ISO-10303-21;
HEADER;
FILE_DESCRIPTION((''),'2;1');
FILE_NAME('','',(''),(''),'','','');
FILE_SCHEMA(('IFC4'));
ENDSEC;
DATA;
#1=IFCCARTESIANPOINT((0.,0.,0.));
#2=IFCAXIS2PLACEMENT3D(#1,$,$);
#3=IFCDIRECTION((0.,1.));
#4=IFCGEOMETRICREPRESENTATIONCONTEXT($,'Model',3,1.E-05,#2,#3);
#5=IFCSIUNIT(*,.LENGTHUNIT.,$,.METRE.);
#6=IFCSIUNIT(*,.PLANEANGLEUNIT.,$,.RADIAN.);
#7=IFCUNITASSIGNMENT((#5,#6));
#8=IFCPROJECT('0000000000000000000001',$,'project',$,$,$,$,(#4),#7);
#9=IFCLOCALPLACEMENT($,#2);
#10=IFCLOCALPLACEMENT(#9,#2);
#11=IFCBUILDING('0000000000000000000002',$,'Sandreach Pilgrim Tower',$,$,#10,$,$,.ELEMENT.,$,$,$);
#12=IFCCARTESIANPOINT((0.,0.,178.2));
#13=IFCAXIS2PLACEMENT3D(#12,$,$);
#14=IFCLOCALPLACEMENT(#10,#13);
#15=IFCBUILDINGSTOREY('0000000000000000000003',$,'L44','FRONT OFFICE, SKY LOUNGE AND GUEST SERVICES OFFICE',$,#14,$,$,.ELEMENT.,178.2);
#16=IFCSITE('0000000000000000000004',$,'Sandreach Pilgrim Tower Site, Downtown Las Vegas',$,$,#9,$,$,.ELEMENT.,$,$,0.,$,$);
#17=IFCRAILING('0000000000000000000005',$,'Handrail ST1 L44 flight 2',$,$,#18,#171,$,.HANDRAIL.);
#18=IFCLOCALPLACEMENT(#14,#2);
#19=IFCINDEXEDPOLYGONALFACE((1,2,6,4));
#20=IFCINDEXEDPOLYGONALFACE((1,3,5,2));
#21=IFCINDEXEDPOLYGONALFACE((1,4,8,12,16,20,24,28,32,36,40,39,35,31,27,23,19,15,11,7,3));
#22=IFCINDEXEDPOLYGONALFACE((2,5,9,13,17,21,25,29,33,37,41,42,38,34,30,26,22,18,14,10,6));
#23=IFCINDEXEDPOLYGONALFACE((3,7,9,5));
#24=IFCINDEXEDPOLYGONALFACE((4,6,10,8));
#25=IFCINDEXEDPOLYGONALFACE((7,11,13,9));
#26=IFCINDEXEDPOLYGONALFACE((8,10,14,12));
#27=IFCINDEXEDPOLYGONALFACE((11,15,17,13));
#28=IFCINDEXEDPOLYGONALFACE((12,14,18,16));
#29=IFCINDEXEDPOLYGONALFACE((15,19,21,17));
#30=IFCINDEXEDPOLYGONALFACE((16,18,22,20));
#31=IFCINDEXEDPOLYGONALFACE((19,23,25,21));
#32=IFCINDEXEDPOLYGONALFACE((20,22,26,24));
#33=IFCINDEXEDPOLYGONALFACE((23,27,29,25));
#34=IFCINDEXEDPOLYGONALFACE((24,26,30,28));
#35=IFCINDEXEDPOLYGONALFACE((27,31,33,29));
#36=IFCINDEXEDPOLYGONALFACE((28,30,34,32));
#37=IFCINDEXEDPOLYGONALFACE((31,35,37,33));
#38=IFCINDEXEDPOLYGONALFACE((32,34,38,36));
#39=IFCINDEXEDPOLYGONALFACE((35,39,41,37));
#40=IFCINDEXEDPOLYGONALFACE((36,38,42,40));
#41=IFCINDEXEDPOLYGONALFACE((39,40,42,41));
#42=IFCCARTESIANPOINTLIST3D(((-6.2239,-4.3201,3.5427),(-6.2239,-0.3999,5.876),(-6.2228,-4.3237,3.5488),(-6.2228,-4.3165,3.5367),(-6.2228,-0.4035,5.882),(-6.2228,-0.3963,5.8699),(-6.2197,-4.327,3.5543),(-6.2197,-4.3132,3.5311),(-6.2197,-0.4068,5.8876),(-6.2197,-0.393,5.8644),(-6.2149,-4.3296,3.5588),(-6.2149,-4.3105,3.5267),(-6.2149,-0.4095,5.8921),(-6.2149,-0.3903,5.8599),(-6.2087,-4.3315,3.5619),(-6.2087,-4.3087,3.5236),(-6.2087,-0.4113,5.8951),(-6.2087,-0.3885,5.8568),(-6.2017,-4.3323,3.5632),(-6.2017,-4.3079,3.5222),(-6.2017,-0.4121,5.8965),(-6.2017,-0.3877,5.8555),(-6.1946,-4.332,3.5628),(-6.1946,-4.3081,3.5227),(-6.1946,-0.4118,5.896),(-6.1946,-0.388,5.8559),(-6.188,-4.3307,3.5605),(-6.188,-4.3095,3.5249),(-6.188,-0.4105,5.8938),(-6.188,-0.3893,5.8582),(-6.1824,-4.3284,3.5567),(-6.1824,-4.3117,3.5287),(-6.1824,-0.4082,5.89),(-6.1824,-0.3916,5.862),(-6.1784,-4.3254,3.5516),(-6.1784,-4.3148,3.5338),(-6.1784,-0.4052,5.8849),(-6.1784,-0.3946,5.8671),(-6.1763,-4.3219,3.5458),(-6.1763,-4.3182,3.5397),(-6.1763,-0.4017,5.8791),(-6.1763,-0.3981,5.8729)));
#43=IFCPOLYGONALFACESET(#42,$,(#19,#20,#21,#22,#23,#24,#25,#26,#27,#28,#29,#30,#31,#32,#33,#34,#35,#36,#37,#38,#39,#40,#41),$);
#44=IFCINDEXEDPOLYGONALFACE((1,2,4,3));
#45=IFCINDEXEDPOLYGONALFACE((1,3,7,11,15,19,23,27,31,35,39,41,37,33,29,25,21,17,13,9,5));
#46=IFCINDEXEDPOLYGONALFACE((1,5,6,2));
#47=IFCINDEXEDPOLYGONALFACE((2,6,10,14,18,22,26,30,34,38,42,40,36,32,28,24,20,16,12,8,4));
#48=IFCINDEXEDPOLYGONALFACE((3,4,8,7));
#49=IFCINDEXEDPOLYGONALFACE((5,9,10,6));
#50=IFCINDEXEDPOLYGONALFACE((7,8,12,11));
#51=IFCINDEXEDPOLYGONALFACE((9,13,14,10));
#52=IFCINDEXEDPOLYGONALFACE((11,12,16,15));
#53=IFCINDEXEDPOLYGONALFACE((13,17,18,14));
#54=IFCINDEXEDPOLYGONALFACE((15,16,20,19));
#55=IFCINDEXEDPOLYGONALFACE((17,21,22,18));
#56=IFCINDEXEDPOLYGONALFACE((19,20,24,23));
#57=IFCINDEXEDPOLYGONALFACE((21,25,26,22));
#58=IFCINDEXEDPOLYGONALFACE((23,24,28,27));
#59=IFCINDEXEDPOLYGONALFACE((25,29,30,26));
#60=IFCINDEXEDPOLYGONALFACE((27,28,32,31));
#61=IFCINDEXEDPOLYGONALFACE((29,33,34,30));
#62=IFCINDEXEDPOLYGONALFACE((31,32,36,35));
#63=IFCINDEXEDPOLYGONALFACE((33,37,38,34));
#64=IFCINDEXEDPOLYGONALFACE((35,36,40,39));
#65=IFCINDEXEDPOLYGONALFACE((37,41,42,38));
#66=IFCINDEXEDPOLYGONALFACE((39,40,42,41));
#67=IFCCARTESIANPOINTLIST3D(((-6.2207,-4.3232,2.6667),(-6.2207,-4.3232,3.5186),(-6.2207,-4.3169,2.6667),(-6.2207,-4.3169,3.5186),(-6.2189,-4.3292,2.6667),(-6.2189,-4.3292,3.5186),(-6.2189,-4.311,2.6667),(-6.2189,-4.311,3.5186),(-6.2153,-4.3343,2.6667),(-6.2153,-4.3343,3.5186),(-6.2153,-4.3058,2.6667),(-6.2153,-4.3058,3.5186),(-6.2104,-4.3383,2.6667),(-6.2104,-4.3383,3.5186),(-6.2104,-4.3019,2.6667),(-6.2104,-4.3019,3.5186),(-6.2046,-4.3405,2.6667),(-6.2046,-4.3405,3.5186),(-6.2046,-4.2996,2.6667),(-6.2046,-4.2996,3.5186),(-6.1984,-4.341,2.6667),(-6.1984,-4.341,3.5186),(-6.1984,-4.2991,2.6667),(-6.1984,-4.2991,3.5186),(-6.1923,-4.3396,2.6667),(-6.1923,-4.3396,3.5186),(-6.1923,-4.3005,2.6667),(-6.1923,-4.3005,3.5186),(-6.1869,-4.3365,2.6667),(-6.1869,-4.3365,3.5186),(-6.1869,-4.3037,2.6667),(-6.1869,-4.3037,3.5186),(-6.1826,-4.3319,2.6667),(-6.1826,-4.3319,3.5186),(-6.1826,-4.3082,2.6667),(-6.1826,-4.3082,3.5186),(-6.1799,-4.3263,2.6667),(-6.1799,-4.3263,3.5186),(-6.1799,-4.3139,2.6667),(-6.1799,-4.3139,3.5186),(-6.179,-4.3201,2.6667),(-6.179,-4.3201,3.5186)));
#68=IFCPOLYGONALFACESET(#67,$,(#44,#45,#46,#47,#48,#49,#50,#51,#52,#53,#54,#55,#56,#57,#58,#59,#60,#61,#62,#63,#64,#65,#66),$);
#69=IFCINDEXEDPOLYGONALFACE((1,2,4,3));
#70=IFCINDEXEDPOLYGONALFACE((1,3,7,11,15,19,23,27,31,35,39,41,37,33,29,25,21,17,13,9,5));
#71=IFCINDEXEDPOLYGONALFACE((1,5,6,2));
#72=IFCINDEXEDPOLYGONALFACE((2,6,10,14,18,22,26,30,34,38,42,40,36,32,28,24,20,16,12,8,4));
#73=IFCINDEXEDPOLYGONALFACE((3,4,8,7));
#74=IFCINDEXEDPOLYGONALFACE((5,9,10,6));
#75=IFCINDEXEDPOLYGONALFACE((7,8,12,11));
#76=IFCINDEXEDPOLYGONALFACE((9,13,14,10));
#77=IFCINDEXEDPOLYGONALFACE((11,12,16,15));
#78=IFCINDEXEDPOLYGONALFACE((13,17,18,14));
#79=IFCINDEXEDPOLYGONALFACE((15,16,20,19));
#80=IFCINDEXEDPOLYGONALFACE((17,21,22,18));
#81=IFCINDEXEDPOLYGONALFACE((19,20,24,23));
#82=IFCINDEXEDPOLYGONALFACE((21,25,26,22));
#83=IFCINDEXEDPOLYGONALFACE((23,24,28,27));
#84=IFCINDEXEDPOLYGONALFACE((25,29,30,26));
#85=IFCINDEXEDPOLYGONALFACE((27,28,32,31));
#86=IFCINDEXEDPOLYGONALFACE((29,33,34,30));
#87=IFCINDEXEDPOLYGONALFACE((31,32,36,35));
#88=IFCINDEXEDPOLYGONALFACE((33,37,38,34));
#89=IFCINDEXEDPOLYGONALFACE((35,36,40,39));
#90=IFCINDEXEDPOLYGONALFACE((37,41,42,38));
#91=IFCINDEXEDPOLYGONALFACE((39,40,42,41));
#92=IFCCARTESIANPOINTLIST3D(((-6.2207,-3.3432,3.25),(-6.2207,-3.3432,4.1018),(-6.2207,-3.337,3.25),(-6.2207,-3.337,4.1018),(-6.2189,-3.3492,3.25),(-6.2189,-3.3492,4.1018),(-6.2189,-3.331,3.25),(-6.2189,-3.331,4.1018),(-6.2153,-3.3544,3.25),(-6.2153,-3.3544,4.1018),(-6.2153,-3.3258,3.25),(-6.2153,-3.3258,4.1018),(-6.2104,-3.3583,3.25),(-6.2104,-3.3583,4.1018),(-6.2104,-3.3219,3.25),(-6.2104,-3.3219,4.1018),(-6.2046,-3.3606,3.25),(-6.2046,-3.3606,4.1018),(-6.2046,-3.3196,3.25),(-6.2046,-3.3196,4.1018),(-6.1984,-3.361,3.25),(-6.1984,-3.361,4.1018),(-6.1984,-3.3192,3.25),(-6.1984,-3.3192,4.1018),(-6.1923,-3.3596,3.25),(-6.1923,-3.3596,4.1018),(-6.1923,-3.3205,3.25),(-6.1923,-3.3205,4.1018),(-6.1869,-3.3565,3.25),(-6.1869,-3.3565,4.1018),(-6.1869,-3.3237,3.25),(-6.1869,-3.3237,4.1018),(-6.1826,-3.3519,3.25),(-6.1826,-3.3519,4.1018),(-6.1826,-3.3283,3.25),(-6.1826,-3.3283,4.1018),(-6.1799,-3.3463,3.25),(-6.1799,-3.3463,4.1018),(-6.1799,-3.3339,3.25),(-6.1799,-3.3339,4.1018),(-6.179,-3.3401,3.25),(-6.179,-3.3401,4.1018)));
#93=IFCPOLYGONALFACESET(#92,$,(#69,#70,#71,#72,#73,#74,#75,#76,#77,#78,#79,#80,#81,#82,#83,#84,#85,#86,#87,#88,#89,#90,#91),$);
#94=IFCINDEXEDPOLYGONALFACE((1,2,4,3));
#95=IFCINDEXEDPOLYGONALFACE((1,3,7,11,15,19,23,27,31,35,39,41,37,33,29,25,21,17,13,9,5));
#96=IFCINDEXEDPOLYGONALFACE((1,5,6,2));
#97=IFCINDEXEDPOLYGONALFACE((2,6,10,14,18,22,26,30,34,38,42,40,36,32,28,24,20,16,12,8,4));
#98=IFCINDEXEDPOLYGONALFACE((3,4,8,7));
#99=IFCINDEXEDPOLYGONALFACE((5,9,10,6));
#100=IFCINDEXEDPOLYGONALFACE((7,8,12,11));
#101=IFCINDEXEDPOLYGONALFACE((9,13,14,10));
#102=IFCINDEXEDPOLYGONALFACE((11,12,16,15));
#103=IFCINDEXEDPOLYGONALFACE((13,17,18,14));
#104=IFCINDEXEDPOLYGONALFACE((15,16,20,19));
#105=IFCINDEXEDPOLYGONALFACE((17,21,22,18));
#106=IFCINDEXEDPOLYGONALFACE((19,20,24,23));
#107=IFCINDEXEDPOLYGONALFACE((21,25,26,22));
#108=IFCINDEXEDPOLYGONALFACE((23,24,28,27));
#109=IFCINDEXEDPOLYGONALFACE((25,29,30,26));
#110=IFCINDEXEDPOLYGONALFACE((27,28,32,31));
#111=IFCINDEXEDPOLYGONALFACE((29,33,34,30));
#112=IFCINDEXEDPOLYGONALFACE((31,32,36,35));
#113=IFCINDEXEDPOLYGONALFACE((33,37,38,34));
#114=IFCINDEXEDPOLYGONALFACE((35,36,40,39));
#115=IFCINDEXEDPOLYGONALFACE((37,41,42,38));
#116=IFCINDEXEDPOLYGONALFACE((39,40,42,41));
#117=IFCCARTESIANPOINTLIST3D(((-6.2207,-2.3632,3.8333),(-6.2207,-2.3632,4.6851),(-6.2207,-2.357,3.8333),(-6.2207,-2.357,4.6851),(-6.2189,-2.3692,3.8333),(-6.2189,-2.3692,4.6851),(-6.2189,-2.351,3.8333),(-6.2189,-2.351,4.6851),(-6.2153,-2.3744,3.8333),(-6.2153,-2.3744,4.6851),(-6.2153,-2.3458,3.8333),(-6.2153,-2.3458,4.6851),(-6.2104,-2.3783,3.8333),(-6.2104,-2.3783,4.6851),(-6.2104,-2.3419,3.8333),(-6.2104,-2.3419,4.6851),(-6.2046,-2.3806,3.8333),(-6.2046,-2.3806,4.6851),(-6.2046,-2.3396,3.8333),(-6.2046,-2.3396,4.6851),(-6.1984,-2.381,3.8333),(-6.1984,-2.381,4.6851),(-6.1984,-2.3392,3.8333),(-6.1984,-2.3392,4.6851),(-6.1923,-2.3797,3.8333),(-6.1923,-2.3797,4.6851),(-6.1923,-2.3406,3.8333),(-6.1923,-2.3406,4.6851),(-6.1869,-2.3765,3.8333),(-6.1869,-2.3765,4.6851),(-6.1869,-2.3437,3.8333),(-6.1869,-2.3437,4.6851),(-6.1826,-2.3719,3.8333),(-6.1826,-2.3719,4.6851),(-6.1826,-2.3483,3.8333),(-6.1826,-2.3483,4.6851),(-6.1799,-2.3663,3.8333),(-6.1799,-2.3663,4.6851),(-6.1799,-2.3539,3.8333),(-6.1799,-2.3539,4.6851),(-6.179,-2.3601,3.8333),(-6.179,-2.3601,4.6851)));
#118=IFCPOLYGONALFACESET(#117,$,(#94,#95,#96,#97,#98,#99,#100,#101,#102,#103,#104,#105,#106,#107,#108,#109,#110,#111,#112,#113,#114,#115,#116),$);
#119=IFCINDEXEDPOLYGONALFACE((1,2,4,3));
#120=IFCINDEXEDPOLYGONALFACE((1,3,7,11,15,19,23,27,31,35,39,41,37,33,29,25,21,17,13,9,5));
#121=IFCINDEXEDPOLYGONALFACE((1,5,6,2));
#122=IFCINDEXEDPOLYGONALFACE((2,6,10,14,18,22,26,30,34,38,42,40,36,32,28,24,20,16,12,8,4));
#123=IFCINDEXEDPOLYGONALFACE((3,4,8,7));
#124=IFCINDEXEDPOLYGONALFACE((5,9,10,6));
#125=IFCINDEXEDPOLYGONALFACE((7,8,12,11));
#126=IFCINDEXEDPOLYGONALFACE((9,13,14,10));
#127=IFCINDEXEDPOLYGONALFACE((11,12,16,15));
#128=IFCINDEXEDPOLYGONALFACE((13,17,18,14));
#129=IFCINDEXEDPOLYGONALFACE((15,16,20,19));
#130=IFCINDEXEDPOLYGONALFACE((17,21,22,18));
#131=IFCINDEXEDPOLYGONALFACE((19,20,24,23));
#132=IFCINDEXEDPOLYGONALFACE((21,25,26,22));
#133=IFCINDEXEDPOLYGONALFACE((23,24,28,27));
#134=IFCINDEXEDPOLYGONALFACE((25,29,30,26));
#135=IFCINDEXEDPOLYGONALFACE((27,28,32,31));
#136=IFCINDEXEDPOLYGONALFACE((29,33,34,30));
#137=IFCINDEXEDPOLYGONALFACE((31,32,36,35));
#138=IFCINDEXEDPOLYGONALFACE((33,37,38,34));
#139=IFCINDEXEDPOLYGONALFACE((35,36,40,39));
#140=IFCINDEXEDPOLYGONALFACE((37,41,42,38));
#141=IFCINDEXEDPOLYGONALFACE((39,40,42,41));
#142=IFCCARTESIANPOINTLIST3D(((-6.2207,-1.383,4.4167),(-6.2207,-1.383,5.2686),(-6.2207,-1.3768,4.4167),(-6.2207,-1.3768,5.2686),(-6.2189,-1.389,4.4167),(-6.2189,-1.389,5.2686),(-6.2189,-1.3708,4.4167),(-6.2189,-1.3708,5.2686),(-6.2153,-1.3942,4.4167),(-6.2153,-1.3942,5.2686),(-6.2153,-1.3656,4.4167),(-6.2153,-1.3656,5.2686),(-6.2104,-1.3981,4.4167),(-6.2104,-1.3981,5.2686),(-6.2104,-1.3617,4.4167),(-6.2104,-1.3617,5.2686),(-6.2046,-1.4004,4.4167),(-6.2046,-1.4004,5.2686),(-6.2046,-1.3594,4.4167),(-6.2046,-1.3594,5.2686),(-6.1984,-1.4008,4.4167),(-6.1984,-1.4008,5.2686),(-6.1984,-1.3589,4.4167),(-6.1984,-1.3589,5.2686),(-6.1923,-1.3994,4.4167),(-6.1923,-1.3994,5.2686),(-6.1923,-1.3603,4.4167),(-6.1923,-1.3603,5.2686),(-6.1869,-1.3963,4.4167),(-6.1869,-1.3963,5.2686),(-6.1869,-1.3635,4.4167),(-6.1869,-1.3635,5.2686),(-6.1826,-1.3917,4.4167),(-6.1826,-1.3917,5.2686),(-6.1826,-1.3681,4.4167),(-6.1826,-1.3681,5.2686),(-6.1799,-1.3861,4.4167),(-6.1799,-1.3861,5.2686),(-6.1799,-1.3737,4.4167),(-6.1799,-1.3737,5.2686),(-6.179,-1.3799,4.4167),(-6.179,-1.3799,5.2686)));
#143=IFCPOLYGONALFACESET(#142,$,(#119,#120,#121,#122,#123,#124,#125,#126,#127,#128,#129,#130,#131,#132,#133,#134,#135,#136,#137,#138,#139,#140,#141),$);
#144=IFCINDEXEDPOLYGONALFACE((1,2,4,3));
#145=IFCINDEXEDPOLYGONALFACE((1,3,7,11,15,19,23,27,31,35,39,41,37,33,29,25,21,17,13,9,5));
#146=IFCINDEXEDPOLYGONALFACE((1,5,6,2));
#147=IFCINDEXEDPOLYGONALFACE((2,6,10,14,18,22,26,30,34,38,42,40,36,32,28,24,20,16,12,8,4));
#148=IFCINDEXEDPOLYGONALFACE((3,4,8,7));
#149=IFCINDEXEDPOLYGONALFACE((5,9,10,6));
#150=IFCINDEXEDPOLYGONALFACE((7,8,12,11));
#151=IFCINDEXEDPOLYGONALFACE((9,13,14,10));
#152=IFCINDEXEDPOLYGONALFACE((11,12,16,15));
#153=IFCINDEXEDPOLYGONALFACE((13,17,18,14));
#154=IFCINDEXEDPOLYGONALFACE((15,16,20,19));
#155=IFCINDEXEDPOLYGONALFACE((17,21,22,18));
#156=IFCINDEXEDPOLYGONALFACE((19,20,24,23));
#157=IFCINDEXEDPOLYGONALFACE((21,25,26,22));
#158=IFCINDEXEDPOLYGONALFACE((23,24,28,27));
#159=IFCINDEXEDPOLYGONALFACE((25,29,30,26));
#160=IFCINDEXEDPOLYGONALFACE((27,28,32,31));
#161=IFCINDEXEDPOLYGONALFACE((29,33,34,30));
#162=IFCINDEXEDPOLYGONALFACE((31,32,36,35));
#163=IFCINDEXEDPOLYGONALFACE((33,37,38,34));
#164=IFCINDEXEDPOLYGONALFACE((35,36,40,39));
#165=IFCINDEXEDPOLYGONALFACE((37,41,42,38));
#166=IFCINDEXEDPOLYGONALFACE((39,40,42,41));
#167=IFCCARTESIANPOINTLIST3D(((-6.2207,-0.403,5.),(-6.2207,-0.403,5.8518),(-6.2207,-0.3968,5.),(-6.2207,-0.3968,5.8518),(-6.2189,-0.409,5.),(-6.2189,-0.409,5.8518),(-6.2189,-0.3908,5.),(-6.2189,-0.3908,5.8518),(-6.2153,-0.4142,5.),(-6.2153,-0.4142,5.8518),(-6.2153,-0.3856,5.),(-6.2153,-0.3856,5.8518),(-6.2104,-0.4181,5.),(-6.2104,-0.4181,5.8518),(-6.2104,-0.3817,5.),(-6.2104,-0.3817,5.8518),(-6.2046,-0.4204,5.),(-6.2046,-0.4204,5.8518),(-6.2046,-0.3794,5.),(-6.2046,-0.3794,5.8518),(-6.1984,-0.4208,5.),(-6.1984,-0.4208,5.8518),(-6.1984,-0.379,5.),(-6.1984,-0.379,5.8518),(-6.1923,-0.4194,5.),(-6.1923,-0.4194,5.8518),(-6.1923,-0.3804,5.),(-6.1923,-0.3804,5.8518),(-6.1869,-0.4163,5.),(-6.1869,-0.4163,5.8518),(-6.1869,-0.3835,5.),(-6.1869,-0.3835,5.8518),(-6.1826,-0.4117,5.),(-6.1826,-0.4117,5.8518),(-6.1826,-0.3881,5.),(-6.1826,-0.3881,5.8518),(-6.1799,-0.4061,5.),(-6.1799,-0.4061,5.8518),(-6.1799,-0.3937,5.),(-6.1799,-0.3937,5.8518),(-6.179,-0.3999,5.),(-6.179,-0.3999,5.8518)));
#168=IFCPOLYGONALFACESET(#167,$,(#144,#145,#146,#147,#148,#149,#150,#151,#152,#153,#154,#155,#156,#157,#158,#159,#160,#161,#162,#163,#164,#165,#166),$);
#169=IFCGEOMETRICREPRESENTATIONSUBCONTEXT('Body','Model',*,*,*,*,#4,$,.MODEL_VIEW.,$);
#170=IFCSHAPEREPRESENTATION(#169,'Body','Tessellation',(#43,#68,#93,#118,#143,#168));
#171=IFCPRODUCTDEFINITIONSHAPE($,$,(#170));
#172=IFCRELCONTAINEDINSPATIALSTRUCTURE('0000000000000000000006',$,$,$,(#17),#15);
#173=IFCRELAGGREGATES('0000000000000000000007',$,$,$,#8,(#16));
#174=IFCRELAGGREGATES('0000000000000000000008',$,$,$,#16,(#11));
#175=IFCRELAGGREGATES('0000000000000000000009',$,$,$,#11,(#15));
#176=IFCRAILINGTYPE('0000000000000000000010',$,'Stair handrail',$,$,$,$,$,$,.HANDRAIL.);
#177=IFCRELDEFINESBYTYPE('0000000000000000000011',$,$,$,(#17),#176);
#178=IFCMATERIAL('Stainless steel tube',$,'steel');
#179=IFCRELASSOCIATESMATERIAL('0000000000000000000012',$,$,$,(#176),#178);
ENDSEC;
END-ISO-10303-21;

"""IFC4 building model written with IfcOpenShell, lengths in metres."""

from ifc_helpers import new_model, si_unit, direction, frame, origin, origin_2d, place, context, subcontext, project, spatial, circle, extrude, material, type_object, element, save


model = new_model("IFC4")

# Units and contexts
model_context = context("Model", 3, precision=1e-05, world=origin(), true_north=direction((0.0, 1.0)))
body_context = subcontext(model_context, "Body", "Model", "MODEL_VIEW")
ifc_project = project(units=[si_unit("LENGTHUNIT", "METRE"), si_unit("PLANEANGLEUNIT", "RADIAN")], contexts=[model_context])

# Site, building, storey
site_placement = place(None, origin())
site = spatial("IfcSite", under=ifc_project, at=site_placement, Name="Sandreach Pilgrim Tower Site, Downtown Las Vegas", CompositionType="ELEMENT", RefElevation=0.0)
building_placement = place(site_placement, origin())
building = spatial("IfcBuilding", under=site, at=building_placement, Name="Sandreach Pilgrim Tower", CompositionType="ELEMENT")
storey_placement = place(building_placement, frame((0.0, 0.0, 178.2)))
storey = spatial("IfcBuildingStorey", under=building, at=storey_placement, Name="L44", Description="FRONT OFFICE, SKY LOUNGE AND GUEST SERVICES OFFICE", CompositionType="ELEMENT", Elevation=178.2)

# Railing
ifc_material_1 = material(Name="Stainless steel tube", Category="steel")
railing_type = type_object("IfcRailingType", Name="Stair handrail", PredefinedType="HANDRAIL", material=ifc_material_1)
for number, where, name in (
    (1, (-6.2, -4.3201, 2.6667), "Handrail ST1 L44 flight 2"),
):
    element("IfcRailing", number, at=place(storey_placement, frame(where)), inside=storey, type_object=railing_type, Name=name, PredefinedType="HANDRAIL", context=body_context, shape_type="SweptSolid", body=[
        extrude(circle(Radius=0.0239, at=origin_2d()), frame((0.0, 0.0, 0.876), z_axis=(0.0, 0.85931, 0.511455), x_axis=(-1.0, 0.0, 0.0)), (0.0, 0.0, 1.0), 4.562),
        extrude(circle(Radius=0.021, at=origin_2d()), origin(), (0.0, 0.0, 1.0), 0.8518),
        extrude(circle(Radius=0.021, at=origin_2d()), frame((0.0, 0.98, 0.5833)), (0.0, 0.0, 1.0), 0.8518),
        extrude(circle(Radius=0.021, at=origin_2d()), frame((0.0, 1.96, 1.1665)), (0.0, 0.0, 1.0), 0.8518),
        extrude(circle(Radius=0.021, at=origin_2d()), frame((0.0, 2.9402, 1.75)), (0.0, 0.0, 1.0), 0.8518),
        extrude(circle(Radius=0.021, at=origin_2d()), frame((0.0, 3.9202, 2.3333)), (0.0, 0.0, 1.0), 0.8518),
    ])

save(model, "model.ifc")
